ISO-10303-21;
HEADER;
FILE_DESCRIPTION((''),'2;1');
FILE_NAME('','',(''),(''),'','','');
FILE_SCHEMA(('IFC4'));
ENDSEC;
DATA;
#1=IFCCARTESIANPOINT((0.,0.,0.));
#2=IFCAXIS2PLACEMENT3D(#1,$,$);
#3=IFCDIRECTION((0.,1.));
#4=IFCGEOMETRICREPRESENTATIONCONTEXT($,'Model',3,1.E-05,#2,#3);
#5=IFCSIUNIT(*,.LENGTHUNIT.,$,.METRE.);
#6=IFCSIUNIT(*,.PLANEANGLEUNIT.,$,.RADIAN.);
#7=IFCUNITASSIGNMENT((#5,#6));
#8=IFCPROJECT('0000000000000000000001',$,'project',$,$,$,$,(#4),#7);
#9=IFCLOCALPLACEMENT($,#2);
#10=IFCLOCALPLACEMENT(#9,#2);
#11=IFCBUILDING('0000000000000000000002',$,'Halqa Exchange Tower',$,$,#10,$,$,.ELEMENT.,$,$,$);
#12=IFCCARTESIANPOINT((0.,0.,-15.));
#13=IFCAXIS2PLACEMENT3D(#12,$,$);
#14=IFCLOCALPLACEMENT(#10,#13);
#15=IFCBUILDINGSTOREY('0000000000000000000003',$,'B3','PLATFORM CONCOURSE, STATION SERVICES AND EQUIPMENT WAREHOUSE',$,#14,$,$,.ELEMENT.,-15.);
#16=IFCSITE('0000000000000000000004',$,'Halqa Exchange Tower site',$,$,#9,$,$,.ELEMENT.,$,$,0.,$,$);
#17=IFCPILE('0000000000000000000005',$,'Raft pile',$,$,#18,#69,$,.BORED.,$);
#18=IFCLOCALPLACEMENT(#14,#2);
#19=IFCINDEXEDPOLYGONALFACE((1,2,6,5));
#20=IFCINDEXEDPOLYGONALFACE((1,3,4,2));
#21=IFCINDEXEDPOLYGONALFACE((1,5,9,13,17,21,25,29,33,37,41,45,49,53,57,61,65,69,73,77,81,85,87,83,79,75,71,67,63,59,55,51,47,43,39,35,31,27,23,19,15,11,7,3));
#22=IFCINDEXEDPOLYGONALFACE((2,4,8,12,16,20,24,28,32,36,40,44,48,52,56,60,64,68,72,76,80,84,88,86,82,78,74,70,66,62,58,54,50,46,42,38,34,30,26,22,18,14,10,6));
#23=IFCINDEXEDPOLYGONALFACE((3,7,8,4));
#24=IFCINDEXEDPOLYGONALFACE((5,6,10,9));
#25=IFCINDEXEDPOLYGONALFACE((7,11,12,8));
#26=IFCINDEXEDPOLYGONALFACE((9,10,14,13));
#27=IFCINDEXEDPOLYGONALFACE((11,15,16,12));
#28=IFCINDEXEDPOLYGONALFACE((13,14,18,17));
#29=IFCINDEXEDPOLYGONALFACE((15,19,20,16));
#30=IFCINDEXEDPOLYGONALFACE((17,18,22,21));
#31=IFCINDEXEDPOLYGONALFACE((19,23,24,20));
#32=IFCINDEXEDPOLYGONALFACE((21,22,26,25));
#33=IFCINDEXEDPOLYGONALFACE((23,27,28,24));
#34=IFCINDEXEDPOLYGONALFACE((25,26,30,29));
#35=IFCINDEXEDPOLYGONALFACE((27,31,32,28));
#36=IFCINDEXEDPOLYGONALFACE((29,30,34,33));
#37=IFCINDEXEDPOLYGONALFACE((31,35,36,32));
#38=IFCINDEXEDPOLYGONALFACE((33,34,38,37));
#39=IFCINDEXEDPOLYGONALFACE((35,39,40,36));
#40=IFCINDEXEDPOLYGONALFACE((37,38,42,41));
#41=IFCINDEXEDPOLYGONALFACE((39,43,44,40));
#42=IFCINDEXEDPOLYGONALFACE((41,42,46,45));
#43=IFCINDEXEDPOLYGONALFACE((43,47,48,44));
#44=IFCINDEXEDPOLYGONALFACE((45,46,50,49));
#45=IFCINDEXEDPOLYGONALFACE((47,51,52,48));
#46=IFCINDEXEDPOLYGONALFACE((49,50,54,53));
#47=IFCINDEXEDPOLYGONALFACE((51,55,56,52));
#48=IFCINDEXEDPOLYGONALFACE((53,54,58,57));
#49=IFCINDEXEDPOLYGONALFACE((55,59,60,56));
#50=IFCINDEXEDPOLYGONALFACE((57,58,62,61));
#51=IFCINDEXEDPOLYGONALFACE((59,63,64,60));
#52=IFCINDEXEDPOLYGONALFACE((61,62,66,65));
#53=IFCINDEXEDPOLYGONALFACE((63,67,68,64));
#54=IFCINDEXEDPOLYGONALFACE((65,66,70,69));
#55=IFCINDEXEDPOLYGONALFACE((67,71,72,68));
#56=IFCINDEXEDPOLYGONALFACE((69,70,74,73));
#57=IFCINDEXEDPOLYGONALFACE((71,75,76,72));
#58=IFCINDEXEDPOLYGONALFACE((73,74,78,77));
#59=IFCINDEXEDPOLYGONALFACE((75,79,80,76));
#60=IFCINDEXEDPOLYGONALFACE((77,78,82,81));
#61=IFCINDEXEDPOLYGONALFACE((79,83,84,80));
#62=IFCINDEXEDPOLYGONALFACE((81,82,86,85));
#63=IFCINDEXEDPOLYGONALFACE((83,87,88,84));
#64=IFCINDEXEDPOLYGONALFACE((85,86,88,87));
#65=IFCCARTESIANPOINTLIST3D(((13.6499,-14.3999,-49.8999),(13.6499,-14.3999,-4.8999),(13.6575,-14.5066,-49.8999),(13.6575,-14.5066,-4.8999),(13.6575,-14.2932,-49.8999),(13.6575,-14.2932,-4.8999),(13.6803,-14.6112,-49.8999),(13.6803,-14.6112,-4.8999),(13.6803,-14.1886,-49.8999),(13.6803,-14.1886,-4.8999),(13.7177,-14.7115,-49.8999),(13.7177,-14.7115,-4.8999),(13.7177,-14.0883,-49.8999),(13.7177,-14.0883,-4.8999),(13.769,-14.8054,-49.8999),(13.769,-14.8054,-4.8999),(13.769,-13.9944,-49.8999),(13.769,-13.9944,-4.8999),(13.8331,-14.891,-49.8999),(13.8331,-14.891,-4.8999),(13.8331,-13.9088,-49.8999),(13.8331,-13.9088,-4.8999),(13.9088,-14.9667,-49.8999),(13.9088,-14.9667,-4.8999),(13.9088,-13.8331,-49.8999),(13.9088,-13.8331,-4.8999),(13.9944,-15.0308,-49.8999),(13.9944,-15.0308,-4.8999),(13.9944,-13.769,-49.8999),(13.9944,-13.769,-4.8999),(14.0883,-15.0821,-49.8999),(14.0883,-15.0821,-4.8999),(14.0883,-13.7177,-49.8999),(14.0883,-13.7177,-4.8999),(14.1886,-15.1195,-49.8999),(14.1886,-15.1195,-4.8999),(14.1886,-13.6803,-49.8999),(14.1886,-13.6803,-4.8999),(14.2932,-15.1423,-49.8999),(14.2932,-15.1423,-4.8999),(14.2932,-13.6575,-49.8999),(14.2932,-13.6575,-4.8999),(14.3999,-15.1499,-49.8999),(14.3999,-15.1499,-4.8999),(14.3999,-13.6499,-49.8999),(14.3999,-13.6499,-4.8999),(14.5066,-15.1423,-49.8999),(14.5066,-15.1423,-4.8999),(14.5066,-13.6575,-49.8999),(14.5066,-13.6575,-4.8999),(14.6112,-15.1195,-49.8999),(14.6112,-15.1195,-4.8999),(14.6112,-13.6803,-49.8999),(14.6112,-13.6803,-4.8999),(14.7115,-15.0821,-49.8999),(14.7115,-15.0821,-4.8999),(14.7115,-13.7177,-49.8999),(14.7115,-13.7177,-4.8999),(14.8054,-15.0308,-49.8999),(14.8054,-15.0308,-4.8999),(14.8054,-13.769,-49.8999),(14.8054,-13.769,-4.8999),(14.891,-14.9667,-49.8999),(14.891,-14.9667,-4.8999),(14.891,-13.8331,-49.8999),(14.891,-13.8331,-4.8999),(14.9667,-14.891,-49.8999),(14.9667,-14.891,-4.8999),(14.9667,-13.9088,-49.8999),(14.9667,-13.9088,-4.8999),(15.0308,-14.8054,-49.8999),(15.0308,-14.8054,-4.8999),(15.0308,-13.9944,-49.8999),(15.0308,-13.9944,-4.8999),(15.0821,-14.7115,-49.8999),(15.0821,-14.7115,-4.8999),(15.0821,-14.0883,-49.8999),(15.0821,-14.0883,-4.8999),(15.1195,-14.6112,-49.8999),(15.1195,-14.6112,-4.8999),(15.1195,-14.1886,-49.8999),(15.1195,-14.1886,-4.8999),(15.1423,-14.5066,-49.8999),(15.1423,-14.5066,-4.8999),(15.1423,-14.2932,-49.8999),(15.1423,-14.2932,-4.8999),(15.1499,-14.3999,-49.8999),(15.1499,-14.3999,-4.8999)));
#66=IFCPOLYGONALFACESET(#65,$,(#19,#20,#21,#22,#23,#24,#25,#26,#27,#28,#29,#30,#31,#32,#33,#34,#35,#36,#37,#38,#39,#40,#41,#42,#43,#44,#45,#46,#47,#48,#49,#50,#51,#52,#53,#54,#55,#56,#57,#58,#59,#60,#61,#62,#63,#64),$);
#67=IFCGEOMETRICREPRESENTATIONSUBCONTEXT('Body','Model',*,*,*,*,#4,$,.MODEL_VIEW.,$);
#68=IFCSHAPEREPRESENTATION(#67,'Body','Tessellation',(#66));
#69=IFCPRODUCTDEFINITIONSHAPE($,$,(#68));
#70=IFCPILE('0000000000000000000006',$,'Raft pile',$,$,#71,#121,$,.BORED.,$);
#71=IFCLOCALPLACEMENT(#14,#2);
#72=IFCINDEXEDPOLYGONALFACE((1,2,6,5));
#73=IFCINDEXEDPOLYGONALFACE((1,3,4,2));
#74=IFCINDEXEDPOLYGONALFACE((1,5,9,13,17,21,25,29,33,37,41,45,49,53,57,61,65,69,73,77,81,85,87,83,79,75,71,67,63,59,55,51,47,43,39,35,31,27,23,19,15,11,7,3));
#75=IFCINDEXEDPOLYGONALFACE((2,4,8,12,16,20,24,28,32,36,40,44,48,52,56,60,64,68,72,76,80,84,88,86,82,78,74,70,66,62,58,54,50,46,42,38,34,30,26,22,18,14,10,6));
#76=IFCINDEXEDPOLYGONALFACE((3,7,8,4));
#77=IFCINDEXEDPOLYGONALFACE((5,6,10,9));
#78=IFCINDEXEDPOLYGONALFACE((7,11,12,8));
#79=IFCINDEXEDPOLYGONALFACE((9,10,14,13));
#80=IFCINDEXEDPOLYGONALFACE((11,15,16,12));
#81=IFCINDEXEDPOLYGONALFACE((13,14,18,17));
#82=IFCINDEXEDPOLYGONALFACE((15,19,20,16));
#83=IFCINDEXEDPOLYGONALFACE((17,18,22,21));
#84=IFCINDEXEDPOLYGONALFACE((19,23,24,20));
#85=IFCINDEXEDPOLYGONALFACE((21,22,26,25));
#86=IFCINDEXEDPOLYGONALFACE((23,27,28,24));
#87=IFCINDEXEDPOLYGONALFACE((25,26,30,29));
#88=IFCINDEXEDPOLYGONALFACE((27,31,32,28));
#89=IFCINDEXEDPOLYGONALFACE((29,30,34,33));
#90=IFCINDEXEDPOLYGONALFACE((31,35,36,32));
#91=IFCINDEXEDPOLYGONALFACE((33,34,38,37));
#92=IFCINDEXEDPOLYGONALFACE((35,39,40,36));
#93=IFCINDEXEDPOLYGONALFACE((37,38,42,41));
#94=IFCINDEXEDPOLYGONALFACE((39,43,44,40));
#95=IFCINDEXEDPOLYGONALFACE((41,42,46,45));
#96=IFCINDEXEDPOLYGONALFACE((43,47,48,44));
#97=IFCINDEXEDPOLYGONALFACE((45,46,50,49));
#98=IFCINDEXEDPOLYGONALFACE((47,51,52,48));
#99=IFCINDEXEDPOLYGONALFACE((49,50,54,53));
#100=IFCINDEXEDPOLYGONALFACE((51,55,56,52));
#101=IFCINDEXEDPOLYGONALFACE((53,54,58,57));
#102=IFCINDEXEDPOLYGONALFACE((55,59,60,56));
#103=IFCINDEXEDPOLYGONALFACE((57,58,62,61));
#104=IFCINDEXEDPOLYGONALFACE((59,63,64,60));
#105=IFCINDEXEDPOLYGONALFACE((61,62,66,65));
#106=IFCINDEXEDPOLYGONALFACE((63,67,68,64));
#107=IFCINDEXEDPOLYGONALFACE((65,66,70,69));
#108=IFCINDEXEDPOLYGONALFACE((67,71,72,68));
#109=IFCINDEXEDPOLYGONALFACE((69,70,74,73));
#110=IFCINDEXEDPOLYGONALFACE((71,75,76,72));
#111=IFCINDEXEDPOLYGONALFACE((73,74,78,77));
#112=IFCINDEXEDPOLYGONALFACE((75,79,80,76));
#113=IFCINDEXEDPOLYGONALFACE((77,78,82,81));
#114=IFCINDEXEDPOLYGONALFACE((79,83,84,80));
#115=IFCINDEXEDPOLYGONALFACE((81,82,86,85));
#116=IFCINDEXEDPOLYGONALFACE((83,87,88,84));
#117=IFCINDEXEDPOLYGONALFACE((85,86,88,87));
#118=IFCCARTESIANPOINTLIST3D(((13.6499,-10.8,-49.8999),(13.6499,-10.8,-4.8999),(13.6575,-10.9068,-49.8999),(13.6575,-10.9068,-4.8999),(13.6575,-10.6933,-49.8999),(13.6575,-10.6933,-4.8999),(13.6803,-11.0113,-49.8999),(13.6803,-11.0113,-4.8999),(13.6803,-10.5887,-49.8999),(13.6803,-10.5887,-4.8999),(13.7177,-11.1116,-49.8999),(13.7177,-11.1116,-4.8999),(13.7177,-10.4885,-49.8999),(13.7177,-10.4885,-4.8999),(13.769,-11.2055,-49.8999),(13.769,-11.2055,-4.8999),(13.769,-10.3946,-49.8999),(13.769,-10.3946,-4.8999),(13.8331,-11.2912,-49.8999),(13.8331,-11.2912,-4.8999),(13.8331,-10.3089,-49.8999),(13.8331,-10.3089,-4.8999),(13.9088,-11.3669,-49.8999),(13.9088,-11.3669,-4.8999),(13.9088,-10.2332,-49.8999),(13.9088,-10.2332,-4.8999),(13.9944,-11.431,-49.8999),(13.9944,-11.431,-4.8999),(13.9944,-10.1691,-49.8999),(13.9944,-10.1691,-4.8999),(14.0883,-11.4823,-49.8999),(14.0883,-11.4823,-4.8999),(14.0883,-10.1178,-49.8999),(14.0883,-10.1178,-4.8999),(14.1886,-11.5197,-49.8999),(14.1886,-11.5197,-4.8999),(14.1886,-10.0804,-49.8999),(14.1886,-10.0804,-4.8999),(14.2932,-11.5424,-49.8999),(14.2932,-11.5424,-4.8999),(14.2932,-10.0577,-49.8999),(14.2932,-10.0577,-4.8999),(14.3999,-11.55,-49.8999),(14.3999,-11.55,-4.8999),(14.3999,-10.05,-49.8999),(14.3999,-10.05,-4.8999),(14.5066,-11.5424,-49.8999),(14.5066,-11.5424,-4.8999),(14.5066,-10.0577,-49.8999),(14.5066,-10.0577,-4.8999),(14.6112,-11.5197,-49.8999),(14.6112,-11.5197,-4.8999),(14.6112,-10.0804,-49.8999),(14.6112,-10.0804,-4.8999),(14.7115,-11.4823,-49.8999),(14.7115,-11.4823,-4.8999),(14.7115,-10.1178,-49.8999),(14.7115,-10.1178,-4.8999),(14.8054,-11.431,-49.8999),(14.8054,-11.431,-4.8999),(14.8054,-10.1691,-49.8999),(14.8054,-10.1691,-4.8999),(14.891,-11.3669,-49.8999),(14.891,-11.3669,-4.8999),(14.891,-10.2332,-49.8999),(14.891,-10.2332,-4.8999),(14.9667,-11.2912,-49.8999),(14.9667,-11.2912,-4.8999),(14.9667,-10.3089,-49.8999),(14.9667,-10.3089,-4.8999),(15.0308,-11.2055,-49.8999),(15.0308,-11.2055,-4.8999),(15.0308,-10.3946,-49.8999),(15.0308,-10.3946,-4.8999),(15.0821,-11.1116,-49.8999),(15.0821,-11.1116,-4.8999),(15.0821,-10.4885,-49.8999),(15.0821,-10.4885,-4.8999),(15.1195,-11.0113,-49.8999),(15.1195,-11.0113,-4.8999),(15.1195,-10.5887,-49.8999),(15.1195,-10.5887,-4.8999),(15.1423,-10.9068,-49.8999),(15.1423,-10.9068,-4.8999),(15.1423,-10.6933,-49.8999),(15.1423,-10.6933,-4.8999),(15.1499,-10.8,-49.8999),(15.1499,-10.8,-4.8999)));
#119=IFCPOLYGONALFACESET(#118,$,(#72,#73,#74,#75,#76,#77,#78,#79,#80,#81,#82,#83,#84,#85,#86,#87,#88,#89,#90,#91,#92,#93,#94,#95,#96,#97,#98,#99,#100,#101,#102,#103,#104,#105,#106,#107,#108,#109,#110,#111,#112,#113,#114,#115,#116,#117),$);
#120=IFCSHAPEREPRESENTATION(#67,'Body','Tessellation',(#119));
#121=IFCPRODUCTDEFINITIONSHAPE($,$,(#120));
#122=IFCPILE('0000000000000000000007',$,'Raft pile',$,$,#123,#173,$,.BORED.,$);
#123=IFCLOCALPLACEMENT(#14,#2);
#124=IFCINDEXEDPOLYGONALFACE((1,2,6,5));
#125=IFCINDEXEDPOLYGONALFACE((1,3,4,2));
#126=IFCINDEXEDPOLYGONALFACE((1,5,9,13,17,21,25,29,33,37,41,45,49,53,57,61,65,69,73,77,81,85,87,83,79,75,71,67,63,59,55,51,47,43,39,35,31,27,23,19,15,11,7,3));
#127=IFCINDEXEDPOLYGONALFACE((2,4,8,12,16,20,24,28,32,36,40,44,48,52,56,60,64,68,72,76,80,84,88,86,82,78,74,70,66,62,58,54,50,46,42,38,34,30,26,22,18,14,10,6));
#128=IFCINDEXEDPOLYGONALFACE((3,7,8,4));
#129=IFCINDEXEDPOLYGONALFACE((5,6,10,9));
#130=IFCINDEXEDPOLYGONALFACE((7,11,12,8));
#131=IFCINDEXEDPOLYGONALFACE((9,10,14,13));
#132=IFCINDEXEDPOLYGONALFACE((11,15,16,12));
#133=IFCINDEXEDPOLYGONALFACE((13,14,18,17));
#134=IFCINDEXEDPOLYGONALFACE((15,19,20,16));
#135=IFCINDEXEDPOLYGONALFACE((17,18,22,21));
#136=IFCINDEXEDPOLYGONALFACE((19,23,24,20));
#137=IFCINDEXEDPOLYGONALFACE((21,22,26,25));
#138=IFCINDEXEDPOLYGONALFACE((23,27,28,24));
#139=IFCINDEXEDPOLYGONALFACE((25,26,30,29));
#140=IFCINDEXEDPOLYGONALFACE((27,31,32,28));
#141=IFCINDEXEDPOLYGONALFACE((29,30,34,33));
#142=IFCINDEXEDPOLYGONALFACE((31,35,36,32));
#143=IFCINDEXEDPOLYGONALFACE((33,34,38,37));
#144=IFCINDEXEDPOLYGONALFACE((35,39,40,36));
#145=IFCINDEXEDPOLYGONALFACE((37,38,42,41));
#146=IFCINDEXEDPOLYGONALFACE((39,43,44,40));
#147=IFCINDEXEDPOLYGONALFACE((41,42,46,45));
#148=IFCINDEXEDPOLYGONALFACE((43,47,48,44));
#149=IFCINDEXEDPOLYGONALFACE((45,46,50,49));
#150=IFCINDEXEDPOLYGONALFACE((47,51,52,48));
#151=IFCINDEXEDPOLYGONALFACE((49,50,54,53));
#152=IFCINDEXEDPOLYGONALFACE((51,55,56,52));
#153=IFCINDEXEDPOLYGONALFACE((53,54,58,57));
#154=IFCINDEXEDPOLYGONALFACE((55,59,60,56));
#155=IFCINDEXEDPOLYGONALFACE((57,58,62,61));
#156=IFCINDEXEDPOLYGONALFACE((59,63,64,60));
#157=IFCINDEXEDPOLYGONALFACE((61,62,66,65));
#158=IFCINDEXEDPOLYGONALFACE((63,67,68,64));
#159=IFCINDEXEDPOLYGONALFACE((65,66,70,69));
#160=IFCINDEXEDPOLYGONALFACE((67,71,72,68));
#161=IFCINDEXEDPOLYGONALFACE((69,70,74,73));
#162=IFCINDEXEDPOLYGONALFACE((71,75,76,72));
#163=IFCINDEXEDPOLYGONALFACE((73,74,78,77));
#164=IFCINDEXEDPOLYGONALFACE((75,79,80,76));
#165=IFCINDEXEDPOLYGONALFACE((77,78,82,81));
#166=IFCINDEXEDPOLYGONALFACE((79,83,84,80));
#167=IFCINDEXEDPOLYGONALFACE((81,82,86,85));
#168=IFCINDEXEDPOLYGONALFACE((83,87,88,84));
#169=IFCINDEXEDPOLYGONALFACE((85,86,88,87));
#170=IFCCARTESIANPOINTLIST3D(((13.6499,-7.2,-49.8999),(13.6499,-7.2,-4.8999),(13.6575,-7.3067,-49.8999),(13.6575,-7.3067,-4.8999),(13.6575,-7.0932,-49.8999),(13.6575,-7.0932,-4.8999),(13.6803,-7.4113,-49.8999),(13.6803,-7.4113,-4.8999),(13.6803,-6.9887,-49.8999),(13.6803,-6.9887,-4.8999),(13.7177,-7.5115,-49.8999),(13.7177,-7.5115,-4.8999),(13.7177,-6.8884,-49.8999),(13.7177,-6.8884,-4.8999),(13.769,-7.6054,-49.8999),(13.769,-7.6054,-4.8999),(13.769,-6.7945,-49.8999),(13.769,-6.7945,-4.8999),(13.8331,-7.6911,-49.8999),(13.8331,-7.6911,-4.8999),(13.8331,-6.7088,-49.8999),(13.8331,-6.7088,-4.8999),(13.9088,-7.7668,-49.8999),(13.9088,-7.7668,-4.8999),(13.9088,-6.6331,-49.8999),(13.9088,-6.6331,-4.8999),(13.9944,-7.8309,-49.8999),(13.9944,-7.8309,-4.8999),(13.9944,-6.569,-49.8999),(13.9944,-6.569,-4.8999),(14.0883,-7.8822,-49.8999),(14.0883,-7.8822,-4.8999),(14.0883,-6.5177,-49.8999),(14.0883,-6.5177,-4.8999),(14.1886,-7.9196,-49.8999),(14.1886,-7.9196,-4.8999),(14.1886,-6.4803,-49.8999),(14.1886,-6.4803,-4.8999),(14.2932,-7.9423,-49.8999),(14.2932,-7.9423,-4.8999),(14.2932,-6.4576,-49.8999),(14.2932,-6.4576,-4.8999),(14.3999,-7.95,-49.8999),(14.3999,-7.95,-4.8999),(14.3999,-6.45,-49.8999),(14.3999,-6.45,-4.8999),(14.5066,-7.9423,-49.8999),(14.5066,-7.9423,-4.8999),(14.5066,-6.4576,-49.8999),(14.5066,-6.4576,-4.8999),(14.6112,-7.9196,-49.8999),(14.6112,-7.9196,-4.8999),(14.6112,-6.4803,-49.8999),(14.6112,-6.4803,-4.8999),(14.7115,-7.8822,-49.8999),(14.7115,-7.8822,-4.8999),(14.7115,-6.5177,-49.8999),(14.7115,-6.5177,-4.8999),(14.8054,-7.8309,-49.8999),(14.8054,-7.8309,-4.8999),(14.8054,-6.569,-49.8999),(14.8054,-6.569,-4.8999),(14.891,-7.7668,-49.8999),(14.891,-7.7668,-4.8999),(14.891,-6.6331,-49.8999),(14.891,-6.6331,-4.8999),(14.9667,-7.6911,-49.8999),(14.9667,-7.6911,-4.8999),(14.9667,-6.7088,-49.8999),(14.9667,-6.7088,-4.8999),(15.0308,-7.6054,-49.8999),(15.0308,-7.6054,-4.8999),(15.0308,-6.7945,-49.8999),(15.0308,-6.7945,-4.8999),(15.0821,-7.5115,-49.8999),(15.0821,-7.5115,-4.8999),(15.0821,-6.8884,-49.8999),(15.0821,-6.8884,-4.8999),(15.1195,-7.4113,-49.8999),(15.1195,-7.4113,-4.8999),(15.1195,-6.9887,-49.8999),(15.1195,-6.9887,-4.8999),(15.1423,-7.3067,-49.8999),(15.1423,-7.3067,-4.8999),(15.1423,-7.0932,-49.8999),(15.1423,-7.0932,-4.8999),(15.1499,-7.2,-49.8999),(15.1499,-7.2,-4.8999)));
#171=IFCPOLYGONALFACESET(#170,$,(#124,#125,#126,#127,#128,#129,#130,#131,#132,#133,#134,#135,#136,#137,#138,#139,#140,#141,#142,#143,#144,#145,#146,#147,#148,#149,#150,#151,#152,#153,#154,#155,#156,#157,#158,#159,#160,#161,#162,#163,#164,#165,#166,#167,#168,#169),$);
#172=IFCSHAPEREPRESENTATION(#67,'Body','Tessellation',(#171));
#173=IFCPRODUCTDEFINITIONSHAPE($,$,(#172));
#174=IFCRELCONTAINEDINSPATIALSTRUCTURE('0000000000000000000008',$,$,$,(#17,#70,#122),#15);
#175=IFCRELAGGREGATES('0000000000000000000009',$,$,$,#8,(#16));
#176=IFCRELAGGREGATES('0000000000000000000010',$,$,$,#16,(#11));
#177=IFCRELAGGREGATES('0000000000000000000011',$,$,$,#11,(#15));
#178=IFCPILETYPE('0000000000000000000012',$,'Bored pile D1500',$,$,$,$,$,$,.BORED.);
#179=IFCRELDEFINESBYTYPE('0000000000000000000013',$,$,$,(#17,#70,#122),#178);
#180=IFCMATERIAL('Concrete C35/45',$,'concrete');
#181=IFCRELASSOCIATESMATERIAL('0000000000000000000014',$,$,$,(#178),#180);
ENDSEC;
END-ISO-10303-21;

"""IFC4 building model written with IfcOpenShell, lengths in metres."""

from ifc_helpers import new_model, si_unit, direction, frame, origin, origin_2d, place, context, subcontext, project, spatial, circle, extrude, material, material_profile, profile_set, type_object, element, save


model = new_model("IFC4")

# Units and contexts
model_context = context("Model", 3, precision=1e-05, world=origin(), true_north=direction((0.0, 1.0)))
body_context = subcontext(model_context, "Body", "Model", "MODEL_VIEW")
ifc_project = project(units=[si_unit("LENGTHUNIT", "METRE"), si_unit("PLANEANGLEUNIT", "RADIAN")], contexts=[model_context])

# Site, building, storey
site_placement = place(None, origin())
site = spatial("IfcSite", under=ifc_project, at=site_placement, Name="Halqa Exchange Tower site", CompositionType="ELEMENT", RefElevation=0.0)
building_placement = place(site_placement, origin())
building = spatial("IfcBuilding", under=site, at=building_placement, Name="Halqa Exchange Tower", CompositionType="ELEMENT")
storey_placement = place(building_placement, frame((0.0, 0.0, -15.0)))
storey = spatial("IfcBuildingStorey", under=building, at=storey_placement, Name="B3", Description="PLATFORM CONCOURSE, STATION SERVICES AND EQUIPMENT WAREHOUSE", CompositionType="ELEMENT", Elevation=-15.0)

# Piles
ifc_material_1 = material(Name="Concrete C35/45", Category="concrete")
ifc_material_profile_1 = material_profile(ifc_material_1, circle(Radius=0.75, at=origin_2d()), Name="D1500")
ifc_profile_set_1 = profile_set([ifc_material_profile_1], Name="Concrete C35/45")
pile_type_1 = type_object("IfcPileType", Name="Bored pile D1500", PredefinedType="BORED", material=ifc_profile_set_1)
for number, where, z_axis, x_axis, name in (
    (1, (14.3999, -14.3999, -4.8999), (0.0, 0.0, -1.0), (1.0, 0.0, 0.0), "Raft pile"),
    (2, (14.3999, -10.8, -4.8999), (0.0, 0.0, -1.0), (1.0, 0.0, 0.0), "Raft pile"),
    (3, (14.3999, -7.2, -4.8999), (0.0, 0.0, -1.0), (1.0, 0.0, 0.0), "Raft pile"),
):
    element("IfcPile", number, at=place(storey_placement, frame(where, z_axis=z_axis, x_axis=x_axis)), inside=storey, type_object=pile_type_1, Name=name, PredefinedType="BORED", context=body_context, shape_type="SweptSolid", body=[
        extrude(circle(Radius=0.75, at=origin_2d()), origin(), (0.0, 0.0, 1.0), 45.0),
    ])

save(model, "model.ifc")
